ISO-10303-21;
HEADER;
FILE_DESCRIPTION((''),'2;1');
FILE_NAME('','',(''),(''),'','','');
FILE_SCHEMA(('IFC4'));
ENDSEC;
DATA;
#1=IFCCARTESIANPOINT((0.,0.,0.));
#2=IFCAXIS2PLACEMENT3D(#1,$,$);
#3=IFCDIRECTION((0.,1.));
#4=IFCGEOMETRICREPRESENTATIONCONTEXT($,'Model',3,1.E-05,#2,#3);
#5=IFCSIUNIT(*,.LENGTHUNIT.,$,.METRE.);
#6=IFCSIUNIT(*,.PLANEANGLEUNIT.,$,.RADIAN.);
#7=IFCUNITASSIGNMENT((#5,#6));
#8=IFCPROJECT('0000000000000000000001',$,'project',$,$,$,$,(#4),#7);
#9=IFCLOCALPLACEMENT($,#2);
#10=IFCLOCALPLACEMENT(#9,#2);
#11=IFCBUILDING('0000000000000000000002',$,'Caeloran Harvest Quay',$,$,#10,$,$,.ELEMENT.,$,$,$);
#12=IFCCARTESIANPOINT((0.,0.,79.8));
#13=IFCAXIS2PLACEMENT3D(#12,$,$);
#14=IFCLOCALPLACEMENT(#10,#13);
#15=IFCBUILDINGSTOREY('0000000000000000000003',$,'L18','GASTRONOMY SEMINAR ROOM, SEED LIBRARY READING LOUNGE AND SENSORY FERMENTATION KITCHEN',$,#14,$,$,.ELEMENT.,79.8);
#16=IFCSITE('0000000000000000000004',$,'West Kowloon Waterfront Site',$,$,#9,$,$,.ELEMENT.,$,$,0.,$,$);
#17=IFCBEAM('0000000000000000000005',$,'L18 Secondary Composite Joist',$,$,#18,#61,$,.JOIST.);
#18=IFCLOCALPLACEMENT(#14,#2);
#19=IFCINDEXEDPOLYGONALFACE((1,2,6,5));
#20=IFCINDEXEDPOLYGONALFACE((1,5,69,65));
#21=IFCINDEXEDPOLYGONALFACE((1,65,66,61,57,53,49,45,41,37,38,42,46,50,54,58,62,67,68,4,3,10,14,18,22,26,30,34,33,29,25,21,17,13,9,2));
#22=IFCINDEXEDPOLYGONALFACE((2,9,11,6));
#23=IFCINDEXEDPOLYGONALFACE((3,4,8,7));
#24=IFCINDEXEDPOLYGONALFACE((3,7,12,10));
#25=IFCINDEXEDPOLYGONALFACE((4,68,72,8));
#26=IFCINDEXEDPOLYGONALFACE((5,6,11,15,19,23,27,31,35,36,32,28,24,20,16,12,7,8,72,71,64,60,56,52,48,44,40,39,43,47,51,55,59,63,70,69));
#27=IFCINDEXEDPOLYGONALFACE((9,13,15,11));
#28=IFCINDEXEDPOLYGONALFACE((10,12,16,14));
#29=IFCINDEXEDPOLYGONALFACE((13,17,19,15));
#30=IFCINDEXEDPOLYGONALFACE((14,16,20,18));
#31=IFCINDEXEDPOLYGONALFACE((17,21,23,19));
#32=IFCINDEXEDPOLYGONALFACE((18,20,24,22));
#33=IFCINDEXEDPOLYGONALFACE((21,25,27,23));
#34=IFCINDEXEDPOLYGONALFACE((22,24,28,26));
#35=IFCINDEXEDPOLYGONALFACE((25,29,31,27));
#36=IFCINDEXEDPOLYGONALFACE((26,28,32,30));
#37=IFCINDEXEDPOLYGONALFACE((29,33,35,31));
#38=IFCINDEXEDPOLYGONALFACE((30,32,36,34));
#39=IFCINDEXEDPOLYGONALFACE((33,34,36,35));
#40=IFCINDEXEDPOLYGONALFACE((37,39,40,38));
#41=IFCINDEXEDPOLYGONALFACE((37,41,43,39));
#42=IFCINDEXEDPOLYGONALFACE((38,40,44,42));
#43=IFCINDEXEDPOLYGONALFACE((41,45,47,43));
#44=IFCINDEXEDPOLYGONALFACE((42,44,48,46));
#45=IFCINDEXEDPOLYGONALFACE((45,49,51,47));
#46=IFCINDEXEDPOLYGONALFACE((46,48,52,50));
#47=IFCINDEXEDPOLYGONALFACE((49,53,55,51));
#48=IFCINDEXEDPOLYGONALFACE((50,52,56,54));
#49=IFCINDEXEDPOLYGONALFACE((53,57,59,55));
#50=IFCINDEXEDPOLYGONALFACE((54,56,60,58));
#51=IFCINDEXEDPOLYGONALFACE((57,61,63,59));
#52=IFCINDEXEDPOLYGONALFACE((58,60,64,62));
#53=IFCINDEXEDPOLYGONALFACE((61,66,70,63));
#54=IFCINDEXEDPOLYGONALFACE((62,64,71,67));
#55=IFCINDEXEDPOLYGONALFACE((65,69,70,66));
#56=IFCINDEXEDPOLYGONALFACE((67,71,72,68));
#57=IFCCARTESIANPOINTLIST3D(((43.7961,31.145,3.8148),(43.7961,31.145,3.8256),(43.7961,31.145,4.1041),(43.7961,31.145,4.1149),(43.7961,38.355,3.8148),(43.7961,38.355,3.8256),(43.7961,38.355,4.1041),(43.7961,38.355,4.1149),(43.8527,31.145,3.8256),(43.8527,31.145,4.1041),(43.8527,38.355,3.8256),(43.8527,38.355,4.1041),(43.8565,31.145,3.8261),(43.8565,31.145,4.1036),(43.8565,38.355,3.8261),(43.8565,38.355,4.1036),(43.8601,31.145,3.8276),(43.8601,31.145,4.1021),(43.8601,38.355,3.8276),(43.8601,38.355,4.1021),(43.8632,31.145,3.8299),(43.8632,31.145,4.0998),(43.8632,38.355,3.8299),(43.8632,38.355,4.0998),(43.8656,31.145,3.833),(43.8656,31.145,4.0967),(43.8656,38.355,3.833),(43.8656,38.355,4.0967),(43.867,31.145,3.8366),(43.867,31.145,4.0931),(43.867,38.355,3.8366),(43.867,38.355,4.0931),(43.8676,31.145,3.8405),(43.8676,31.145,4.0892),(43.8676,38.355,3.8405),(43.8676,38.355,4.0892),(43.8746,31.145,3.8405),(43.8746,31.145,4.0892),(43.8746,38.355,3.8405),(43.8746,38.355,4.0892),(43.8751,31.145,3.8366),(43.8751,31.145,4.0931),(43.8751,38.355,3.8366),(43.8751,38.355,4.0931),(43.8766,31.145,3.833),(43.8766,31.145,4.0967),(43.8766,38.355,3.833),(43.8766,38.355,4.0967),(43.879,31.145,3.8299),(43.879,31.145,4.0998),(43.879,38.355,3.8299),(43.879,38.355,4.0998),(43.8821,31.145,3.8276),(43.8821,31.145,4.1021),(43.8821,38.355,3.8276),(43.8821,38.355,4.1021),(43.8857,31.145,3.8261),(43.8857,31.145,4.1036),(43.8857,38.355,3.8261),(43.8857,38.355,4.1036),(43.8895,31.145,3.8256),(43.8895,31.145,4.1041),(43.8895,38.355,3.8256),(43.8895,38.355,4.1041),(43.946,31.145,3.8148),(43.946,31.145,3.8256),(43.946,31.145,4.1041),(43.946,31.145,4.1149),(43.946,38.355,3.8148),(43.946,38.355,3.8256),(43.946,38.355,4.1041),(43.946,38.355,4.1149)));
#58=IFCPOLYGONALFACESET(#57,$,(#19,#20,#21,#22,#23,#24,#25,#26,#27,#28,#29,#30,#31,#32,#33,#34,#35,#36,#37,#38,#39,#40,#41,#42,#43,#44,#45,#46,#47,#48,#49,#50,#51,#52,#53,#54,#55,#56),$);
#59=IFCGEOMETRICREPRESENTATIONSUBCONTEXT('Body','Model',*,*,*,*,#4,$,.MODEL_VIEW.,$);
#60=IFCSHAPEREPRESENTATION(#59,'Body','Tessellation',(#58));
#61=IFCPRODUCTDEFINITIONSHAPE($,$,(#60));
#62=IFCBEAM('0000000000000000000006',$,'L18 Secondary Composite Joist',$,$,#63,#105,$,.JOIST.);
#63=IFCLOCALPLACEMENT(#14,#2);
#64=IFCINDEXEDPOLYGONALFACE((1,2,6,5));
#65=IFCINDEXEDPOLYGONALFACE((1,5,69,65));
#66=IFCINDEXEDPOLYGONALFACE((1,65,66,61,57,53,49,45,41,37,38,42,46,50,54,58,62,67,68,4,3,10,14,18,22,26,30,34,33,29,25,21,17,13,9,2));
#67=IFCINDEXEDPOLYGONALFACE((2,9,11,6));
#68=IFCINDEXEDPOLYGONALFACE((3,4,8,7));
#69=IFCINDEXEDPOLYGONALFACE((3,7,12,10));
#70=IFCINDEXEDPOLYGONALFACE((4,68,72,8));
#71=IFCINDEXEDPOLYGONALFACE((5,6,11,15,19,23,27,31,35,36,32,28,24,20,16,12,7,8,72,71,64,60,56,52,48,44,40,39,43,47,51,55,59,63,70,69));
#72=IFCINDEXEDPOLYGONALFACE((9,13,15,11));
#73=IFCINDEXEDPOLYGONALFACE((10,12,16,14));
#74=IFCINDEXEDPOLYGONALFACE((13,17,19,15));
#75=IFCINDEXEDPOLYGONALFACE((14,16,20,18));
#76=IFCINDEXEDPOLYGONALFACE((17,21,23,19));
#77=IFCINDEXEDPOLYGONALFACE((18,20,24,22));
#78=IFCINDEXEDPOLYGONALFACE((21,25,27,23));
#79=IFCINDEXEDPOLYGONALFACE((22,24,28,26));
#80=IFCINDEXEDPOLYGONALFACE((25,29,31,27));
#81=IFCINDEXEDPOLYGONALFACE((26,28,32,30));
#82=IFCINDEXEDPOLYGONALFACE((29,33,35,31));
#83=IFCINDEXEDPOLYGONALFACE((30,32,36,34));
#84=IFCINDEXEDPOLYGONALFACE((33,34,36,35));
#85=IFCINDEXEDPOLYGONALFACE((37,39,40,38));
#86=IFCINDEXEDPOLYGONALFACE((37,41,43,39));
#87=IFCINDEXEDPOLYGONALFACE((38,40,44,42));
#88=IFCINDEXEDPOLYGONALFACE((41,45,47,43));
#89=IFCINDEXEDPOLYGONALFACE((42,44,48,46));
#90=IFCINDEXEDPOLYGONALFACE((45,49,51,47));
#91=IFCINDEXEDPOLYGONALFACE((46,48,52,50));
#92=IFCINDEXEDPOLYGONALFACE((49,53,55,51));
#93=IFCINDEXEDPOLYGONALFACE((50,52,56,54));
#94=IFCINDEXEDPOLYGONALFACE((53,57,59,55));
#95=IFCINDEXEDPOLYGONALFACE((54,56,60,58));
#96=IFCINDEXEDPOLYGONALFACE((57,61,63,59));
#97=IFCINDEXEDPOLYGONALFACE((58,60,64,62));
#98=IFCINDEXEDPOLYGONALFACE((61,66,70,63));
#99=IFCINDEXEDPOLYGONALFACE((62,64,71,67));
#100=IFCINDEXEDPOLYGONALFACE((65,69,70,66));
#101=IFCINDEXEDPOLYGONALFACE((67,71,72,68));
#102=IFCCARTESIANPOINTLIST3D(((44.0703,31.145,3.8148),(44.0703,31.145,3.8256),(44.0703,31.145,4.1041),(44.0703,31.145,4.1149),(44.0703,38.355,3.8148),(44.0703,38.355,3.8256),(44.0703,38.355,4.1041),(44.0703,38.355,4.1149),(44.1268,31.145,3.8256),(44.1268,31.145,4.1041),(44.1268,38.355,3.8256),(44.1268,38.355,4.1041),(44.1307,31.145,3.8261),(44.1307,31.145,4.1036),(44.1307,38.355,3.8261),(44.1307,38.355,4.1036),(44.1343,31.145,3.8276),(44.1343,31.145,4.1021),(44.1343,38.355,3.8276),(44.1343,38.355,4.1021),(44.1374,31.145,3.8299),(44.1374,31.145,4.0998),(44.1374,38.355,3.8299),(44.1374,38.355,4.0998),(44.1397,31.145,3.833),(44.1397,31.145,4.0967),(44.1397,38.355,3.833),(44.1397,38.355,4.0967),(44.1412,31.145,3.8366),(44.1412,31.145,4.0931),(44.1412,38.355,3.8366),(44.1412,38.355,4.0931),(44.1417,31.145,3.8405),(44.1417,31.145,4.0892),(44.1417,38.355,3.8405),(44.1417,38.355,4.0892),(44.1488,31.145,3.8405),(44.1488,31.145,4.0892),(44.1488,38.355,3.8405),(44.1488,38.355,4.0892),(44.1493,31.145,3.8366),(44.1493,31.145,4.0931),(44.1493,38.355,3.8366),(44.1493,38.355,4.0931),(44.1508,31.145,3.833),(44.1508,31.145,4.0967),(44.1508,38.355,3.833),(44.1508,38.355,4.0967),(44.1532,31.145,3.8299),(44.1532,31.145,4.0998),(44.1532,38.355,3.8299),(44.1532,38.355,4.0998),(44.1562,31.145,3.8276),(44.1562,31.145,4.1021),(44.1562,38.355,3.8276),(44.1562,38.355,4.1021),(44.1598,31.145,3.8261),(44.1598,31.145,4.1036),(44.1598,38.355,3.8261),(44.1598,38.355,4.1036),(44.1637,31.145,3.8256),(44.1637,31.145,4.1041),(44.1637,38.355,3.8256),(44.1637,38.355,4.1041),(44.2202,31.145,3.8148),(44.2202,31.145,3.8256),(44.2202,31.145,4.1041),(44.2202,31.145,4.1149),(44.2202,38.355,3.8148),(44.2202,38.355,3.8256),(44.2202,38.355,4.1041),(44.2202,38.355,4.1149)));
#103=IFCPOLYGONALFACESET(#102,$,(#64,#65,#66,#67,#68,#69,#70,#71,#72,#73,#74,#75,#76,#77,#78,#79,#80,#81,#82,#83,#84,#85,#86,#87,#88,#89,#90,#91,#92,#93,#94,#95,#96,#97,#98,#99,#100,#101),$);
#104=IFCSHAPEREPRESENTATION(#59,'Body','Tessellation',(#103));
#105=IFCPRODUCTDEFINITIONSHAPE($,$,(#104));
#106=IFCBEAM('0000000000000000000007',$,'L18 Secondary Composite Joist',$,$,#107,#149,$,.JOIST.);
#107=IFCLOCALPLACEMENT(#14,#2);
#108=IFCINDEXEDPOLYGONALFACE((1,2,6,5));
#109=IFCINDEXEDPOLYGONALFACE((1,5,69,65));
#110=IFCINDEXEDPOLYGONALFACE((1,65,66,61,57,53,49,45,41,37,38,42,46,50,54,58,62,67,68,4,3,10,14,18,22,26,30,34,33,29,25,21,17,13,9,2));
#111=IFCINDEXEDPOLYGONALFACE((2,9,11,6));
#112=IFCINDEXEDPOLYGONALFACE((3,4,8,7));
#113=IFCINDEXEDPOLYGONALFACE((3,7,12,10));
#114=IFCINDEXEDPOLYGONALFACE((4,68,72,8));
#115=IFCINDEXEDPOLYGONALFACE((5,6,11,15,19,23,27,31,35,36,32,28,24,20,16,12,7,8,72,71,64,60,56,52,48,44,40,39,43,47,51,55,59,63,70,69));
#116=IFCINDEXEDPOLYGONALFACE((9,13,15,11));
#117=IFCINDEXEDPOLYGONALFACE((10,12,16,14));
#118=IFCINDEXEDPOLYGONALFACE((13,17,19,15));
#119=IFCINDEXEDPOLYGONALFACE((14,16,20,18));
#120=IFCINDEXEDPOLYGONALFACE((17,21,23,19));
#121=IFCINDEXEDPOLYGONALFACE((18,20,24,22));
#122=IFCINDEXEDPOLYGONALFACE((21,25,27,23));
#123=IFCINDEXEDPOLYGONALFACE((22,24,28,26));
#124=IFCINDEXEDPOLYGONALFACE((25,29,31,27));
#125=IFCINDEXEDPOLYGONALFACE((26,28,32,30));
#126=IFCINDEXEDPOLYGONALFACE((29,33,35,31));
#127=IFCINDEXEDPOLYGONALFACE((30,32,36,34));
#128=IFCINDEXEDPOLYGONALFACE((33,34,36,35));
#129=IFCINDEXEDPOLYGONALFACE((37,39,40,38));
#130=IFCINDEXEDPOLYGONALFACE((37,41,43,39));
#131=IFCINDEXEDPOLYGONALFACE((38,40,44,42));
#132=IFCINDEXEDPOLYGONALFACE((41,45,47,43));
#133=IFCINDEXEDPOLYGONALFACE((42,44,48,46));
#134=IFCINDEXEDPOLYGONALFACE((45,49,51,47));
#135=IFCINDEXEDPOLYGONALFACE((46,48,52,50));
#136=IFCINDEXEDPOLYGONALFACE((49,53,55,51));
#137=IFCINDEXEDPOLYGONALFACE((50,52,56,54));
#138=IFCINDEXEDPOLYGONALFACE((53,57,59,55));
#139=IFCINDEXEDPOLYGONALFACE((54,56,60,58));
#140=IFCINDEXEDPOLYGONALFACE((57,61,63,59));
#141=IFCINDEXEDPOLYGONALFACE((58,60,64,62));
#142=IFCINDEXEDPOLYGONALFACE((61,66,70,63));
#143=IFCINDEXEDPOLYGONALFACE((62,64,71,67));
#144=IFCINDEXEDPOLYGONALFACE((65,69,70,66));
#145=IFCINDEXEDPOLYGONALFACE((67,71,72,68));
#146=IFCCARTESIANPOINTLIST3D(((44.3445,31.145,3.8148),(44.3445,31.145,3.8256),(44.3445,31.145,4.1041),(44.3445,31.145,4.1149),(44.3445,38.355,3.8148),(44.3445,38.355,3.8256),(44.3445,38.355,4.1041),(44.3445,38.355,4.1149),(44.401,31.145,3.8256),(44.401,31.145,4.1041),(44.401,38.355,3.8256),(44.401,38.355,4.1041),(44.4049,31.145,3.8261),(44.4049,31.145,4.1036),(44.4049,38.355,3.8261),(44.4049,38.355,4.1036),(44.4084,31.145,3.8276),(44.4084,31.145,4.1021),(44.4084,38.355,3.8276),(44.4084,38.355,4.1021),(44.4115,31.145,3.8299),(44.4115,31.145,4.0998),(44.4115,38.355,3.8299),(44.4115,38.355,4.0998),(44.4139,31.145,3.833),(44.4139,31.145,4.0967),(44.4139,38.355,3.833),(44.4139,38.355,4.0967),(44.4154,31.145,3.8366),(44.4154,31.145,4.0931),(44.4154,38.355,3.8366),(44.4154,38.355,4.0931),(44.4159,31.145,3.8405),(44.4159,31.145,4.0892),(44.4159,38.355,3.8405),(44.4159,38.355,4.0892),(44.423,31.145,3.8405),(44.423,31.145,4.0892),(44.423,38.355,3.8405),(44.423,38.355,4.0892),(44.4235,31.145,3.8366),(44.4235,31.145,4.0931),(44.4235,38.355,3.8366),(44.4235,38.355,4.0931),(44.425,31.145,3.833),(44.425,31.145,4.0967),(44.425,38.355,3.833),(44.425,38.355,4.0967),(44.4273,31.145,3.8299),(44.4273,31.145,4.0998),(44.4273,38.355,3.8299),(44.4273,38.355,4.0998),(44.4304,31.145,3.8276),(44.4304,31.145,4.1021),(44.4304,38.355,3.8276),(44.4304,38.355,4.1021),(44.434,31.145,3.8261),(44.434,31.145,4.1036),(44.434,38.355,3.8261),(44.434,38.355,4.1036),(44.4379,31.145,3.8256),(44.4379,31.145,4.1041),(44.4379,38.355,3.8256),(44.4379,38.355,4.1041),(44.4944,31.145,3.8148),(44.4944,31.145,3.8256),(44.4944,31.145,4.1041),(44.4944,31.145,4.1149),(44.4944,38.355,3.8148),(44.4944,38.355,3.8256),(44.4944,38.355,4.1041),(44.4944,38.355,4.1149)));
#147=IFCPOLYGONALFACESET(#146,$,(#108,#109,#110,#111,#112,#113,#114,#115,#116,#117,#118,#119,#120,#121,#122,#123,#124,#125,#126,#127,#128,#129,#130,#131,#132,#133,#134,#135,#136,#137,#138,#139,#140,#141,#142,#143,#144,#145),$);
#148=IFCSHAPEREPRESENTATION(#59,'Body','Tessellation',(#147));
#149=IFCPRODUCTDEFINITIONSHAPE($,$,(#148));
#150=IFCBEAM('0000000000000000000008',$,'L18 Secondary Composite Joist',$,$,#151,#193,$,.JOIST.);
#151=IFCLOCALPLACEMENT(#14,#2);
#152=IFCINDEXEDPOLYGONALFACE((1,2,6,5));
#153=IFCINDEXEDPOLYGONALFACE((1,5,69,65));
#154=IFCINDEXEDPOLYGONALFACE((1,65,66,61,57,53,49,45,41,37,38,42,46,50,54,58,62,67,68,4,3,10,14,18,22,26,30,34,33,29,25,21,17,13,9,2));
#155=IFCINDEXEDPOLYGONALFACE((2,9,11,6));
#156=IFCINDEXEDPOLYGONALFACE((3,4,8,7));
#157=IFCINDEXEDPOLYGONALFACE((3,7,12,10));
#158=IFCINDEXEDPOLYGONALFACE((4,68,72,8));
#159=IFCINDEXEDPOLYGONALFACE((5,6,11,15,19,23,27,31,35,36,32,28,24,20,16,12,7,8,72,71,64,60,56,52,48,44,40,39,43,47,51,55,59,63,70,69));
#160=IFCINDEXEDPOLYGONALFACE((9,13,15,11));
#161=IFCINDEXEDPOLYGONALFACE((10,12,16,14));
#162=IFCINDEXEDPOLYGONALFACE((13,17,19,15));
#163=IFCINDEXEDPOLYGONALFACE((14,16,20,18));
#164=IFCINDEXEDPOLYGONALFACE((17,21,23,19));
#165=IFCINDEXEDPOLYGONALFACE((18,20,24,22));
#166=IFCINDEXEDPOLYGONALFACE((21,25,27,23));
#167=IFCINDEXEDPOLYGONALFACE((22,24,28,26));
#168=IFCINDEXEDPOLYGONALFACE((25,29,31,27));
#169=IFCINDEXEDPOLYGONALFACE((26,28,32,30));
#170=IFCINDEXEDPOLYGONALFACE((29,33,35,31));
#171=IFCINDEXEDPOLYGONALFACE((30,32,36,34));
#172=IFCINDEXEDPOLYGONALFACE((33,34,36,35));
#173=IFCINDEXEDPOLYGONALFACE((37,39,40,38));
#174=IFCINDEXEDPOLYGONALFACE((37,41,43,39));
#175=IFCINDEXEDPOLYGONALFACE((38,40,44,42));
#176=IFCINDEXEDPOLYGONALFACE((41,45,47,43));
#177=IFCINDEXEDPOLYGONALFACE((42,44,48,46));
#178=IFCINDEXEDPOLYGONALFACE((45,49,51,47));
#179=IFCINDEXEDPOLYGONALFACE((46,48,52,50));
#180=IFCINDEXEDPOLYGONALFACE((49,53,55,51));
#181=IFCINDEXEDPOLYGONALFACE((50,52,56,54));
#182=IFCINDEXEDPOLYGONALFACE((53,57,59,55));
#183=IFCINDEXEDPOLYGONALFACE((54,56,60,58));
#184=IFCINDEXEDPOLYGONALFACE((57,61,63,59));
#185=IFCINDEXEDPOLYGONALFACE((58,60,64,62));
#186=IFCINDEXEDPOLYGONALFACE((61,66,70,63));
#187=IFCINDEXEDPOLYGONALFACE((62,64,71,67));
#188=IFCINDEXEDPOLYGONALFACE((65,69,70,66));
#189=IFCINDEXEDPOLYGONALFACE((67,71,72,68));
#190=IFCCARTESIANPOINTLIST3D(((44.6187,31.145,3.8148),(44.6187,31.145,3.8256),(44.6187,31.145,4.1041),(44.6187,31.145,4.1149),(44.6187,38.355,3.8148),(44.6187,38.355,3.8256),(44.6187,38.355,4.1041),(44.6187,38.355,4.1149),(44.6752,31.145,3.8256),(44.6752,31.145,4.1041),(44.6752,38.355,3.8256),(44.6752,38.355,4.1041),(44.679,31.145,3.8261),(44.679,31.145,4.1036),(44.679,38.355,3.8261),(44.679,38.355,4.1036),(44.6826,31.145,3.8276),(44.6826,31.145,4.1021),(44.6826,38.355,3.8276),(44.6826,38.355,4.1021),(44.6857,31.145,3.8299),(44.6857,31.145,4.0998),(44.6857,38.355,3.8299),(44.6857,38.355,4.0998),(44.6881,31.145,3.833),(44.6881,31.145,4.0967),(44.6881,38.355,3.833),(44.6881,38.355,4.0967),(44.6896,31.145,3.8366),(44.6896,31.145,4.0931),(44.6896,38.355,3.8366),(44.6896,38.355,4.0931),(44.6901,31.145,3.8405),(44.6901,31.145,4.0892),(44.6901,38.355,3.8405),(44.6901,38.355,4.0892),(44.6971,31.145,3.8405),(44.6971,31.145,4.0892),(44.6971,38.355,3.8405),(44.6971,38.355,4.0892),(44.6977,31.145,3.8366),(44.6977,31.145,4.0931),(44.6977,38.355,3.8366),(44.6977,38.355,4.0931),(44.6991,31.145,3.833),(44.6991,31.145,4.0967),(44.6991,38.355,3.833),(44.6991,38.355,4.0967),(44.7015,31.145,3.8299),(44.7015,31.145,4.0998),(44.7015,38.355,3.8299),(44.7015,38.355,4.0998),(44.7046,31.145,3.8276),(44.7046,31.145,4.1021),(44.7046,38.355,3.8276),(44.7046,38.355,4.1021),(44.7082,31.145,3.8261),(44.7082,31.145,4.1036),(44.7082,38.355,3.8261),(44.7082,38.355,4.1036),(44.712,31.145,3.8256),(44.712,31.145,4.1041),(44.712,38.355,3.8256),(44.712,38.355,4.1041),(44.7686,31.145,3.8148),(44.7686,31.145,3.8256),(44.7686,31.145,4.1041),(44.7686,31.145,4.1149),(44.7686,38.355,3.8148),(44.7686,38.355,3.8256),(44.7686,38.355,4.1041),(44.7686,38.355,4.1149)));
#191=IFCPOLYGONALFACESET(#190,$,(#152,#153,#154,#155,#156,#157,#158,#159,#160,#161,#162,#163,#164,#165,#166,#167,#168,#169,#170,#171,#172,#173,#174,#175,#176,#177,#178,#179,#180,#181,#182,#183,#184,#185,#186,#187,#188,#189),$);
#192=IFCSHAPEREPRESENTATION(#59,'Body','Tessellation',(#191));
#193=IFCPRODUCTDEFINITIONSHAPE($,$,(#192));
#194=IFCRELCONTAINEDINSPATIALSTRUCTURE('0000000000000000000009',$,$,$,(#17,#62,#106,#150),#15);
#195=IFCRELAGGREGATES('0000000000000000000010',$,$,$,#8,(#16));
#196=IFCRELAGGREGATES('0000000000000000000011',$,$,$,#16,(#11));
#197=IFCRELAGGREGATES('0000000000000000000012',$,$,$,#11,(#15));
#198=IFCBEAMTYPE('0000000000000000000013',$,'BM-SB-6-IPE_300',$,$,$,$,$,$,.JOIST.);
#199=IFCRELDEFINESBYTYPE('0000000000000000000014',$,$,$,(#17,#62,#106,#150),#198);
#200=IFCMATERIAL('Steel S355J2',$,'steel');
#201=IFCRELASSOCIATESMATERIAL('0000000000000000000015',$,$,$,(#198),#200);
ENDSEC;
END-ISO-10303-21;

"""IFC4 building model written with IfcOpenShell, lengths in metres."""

from ifc_helpers import new_model, si_unit, direction, frame, origin, origin_2d, place, context, subcontext, project, spatial, i_section, extrude, material, material_profile, profile_set, type_object, element, save


model = new_model("IFC4")

# Units and contexts
model_context = context("Model", 3, precision=1e-05, world=origin(), true_north=direction((0.0, 1.0)))
body_context = subcontext(model_context, "Body", "Model", "MODEL_VIEW")
ifc_project = project(units=[si_unit("LENGTHUNIT", "METRE"), si_unit("PLANEANGLEUNIT", "RADIAN")], contexts=[model_context])

# Site, building, storey
site_placement = place(None, origin())
site = spatial("IfcSite", under=ifc_project, at=site_placement, Name="West Kowloon Waterfront Site", CompositionType="ELEMENT", RefElevation=0.0)
building_placement = place(site_placement, origin())
building = spatial("IfcBuilding", under=site, at=building_placement, Name="Caeloran Harvest Quay", CompositionType="ELEMENT")
storey_placement = place(building_placement, frame((0.0, 0.0, 79.8)))
storey = spatial("IfcBuildingStorey", under=building, at=storey_placement, Name="L18", Description="GASTRONOMY SEMINAR ROOM, SEED LIBRARY READING LOUNGE AND SENSORY FERMENTATION KITCHEN", CompositionType="ELEMENT", Elevation=79.8)

# Beams
ifc_material_1 = material(Name="Steel S355J2", Category="steel")
ifc_material_profile_1 = material_profile(ifc_material_1, i_section(OverallWidth=0.1499, OverallDepth=0.3, WebThickness=0.0071, FlangeThickness=0.0107, FilletRadius=0.0149, at=origin_2d()), Name="IPE 300")
ifc_profile_set_1 = profile_set([ifc_material_profile_1], Name="Steel S355J2")
beam_type_1 = type_object("IfcBeamType", Name="BM-SB-6-IPE_300", PredefinedType="JOIST", material=ifc_profile_set_1)
for number, where, z_axis, x_axis, name in (
    (1, (43.8711, 31.145, 3.9648), (0.0, 1.0, 0.0), (-1.0, 0.0, 0.0), "L18 Secondary Composite Joist"),
    (2, (44.1453, 31.145, 3.9648), (0.0, 1.0, 0.0), (-1.0, 0.0, 0.0), "L18 Secondary Composite Joist"),
    (3, (44.4194, 31.145, 3.9648), (0.0, 1.0, 0.0), (-1.0, 0.0, 0.0), "L18 Secondary Composite Joist"),
    (4, (44.6936, 31.145, 3.9648), (0.0, 1.0, 0.0), (-1.0, 0.0, 0.0), "L18 Secondary Composite Joist"),
):
    element("IfcBeam", number, at=place(storey_placement, frame(where, z_axis=z_axis, x_axis=x_axis)), inside=storey, type_object=beam_type_1, Name=name, PredefinedType="JOIST", context=body_context, shape_type="SweptSolid", body=[
        extrude(i_section(OverallWidth=0.1499, OverallDepth=0.3, WebThickness=0.0071, FlangeThickness=0.0107, FilletRadius=0.0149, at=origin_2d()), origin(), (0.0, 0.0, 1.0), 7.21),
    ])

save(model, "model.ifc")
